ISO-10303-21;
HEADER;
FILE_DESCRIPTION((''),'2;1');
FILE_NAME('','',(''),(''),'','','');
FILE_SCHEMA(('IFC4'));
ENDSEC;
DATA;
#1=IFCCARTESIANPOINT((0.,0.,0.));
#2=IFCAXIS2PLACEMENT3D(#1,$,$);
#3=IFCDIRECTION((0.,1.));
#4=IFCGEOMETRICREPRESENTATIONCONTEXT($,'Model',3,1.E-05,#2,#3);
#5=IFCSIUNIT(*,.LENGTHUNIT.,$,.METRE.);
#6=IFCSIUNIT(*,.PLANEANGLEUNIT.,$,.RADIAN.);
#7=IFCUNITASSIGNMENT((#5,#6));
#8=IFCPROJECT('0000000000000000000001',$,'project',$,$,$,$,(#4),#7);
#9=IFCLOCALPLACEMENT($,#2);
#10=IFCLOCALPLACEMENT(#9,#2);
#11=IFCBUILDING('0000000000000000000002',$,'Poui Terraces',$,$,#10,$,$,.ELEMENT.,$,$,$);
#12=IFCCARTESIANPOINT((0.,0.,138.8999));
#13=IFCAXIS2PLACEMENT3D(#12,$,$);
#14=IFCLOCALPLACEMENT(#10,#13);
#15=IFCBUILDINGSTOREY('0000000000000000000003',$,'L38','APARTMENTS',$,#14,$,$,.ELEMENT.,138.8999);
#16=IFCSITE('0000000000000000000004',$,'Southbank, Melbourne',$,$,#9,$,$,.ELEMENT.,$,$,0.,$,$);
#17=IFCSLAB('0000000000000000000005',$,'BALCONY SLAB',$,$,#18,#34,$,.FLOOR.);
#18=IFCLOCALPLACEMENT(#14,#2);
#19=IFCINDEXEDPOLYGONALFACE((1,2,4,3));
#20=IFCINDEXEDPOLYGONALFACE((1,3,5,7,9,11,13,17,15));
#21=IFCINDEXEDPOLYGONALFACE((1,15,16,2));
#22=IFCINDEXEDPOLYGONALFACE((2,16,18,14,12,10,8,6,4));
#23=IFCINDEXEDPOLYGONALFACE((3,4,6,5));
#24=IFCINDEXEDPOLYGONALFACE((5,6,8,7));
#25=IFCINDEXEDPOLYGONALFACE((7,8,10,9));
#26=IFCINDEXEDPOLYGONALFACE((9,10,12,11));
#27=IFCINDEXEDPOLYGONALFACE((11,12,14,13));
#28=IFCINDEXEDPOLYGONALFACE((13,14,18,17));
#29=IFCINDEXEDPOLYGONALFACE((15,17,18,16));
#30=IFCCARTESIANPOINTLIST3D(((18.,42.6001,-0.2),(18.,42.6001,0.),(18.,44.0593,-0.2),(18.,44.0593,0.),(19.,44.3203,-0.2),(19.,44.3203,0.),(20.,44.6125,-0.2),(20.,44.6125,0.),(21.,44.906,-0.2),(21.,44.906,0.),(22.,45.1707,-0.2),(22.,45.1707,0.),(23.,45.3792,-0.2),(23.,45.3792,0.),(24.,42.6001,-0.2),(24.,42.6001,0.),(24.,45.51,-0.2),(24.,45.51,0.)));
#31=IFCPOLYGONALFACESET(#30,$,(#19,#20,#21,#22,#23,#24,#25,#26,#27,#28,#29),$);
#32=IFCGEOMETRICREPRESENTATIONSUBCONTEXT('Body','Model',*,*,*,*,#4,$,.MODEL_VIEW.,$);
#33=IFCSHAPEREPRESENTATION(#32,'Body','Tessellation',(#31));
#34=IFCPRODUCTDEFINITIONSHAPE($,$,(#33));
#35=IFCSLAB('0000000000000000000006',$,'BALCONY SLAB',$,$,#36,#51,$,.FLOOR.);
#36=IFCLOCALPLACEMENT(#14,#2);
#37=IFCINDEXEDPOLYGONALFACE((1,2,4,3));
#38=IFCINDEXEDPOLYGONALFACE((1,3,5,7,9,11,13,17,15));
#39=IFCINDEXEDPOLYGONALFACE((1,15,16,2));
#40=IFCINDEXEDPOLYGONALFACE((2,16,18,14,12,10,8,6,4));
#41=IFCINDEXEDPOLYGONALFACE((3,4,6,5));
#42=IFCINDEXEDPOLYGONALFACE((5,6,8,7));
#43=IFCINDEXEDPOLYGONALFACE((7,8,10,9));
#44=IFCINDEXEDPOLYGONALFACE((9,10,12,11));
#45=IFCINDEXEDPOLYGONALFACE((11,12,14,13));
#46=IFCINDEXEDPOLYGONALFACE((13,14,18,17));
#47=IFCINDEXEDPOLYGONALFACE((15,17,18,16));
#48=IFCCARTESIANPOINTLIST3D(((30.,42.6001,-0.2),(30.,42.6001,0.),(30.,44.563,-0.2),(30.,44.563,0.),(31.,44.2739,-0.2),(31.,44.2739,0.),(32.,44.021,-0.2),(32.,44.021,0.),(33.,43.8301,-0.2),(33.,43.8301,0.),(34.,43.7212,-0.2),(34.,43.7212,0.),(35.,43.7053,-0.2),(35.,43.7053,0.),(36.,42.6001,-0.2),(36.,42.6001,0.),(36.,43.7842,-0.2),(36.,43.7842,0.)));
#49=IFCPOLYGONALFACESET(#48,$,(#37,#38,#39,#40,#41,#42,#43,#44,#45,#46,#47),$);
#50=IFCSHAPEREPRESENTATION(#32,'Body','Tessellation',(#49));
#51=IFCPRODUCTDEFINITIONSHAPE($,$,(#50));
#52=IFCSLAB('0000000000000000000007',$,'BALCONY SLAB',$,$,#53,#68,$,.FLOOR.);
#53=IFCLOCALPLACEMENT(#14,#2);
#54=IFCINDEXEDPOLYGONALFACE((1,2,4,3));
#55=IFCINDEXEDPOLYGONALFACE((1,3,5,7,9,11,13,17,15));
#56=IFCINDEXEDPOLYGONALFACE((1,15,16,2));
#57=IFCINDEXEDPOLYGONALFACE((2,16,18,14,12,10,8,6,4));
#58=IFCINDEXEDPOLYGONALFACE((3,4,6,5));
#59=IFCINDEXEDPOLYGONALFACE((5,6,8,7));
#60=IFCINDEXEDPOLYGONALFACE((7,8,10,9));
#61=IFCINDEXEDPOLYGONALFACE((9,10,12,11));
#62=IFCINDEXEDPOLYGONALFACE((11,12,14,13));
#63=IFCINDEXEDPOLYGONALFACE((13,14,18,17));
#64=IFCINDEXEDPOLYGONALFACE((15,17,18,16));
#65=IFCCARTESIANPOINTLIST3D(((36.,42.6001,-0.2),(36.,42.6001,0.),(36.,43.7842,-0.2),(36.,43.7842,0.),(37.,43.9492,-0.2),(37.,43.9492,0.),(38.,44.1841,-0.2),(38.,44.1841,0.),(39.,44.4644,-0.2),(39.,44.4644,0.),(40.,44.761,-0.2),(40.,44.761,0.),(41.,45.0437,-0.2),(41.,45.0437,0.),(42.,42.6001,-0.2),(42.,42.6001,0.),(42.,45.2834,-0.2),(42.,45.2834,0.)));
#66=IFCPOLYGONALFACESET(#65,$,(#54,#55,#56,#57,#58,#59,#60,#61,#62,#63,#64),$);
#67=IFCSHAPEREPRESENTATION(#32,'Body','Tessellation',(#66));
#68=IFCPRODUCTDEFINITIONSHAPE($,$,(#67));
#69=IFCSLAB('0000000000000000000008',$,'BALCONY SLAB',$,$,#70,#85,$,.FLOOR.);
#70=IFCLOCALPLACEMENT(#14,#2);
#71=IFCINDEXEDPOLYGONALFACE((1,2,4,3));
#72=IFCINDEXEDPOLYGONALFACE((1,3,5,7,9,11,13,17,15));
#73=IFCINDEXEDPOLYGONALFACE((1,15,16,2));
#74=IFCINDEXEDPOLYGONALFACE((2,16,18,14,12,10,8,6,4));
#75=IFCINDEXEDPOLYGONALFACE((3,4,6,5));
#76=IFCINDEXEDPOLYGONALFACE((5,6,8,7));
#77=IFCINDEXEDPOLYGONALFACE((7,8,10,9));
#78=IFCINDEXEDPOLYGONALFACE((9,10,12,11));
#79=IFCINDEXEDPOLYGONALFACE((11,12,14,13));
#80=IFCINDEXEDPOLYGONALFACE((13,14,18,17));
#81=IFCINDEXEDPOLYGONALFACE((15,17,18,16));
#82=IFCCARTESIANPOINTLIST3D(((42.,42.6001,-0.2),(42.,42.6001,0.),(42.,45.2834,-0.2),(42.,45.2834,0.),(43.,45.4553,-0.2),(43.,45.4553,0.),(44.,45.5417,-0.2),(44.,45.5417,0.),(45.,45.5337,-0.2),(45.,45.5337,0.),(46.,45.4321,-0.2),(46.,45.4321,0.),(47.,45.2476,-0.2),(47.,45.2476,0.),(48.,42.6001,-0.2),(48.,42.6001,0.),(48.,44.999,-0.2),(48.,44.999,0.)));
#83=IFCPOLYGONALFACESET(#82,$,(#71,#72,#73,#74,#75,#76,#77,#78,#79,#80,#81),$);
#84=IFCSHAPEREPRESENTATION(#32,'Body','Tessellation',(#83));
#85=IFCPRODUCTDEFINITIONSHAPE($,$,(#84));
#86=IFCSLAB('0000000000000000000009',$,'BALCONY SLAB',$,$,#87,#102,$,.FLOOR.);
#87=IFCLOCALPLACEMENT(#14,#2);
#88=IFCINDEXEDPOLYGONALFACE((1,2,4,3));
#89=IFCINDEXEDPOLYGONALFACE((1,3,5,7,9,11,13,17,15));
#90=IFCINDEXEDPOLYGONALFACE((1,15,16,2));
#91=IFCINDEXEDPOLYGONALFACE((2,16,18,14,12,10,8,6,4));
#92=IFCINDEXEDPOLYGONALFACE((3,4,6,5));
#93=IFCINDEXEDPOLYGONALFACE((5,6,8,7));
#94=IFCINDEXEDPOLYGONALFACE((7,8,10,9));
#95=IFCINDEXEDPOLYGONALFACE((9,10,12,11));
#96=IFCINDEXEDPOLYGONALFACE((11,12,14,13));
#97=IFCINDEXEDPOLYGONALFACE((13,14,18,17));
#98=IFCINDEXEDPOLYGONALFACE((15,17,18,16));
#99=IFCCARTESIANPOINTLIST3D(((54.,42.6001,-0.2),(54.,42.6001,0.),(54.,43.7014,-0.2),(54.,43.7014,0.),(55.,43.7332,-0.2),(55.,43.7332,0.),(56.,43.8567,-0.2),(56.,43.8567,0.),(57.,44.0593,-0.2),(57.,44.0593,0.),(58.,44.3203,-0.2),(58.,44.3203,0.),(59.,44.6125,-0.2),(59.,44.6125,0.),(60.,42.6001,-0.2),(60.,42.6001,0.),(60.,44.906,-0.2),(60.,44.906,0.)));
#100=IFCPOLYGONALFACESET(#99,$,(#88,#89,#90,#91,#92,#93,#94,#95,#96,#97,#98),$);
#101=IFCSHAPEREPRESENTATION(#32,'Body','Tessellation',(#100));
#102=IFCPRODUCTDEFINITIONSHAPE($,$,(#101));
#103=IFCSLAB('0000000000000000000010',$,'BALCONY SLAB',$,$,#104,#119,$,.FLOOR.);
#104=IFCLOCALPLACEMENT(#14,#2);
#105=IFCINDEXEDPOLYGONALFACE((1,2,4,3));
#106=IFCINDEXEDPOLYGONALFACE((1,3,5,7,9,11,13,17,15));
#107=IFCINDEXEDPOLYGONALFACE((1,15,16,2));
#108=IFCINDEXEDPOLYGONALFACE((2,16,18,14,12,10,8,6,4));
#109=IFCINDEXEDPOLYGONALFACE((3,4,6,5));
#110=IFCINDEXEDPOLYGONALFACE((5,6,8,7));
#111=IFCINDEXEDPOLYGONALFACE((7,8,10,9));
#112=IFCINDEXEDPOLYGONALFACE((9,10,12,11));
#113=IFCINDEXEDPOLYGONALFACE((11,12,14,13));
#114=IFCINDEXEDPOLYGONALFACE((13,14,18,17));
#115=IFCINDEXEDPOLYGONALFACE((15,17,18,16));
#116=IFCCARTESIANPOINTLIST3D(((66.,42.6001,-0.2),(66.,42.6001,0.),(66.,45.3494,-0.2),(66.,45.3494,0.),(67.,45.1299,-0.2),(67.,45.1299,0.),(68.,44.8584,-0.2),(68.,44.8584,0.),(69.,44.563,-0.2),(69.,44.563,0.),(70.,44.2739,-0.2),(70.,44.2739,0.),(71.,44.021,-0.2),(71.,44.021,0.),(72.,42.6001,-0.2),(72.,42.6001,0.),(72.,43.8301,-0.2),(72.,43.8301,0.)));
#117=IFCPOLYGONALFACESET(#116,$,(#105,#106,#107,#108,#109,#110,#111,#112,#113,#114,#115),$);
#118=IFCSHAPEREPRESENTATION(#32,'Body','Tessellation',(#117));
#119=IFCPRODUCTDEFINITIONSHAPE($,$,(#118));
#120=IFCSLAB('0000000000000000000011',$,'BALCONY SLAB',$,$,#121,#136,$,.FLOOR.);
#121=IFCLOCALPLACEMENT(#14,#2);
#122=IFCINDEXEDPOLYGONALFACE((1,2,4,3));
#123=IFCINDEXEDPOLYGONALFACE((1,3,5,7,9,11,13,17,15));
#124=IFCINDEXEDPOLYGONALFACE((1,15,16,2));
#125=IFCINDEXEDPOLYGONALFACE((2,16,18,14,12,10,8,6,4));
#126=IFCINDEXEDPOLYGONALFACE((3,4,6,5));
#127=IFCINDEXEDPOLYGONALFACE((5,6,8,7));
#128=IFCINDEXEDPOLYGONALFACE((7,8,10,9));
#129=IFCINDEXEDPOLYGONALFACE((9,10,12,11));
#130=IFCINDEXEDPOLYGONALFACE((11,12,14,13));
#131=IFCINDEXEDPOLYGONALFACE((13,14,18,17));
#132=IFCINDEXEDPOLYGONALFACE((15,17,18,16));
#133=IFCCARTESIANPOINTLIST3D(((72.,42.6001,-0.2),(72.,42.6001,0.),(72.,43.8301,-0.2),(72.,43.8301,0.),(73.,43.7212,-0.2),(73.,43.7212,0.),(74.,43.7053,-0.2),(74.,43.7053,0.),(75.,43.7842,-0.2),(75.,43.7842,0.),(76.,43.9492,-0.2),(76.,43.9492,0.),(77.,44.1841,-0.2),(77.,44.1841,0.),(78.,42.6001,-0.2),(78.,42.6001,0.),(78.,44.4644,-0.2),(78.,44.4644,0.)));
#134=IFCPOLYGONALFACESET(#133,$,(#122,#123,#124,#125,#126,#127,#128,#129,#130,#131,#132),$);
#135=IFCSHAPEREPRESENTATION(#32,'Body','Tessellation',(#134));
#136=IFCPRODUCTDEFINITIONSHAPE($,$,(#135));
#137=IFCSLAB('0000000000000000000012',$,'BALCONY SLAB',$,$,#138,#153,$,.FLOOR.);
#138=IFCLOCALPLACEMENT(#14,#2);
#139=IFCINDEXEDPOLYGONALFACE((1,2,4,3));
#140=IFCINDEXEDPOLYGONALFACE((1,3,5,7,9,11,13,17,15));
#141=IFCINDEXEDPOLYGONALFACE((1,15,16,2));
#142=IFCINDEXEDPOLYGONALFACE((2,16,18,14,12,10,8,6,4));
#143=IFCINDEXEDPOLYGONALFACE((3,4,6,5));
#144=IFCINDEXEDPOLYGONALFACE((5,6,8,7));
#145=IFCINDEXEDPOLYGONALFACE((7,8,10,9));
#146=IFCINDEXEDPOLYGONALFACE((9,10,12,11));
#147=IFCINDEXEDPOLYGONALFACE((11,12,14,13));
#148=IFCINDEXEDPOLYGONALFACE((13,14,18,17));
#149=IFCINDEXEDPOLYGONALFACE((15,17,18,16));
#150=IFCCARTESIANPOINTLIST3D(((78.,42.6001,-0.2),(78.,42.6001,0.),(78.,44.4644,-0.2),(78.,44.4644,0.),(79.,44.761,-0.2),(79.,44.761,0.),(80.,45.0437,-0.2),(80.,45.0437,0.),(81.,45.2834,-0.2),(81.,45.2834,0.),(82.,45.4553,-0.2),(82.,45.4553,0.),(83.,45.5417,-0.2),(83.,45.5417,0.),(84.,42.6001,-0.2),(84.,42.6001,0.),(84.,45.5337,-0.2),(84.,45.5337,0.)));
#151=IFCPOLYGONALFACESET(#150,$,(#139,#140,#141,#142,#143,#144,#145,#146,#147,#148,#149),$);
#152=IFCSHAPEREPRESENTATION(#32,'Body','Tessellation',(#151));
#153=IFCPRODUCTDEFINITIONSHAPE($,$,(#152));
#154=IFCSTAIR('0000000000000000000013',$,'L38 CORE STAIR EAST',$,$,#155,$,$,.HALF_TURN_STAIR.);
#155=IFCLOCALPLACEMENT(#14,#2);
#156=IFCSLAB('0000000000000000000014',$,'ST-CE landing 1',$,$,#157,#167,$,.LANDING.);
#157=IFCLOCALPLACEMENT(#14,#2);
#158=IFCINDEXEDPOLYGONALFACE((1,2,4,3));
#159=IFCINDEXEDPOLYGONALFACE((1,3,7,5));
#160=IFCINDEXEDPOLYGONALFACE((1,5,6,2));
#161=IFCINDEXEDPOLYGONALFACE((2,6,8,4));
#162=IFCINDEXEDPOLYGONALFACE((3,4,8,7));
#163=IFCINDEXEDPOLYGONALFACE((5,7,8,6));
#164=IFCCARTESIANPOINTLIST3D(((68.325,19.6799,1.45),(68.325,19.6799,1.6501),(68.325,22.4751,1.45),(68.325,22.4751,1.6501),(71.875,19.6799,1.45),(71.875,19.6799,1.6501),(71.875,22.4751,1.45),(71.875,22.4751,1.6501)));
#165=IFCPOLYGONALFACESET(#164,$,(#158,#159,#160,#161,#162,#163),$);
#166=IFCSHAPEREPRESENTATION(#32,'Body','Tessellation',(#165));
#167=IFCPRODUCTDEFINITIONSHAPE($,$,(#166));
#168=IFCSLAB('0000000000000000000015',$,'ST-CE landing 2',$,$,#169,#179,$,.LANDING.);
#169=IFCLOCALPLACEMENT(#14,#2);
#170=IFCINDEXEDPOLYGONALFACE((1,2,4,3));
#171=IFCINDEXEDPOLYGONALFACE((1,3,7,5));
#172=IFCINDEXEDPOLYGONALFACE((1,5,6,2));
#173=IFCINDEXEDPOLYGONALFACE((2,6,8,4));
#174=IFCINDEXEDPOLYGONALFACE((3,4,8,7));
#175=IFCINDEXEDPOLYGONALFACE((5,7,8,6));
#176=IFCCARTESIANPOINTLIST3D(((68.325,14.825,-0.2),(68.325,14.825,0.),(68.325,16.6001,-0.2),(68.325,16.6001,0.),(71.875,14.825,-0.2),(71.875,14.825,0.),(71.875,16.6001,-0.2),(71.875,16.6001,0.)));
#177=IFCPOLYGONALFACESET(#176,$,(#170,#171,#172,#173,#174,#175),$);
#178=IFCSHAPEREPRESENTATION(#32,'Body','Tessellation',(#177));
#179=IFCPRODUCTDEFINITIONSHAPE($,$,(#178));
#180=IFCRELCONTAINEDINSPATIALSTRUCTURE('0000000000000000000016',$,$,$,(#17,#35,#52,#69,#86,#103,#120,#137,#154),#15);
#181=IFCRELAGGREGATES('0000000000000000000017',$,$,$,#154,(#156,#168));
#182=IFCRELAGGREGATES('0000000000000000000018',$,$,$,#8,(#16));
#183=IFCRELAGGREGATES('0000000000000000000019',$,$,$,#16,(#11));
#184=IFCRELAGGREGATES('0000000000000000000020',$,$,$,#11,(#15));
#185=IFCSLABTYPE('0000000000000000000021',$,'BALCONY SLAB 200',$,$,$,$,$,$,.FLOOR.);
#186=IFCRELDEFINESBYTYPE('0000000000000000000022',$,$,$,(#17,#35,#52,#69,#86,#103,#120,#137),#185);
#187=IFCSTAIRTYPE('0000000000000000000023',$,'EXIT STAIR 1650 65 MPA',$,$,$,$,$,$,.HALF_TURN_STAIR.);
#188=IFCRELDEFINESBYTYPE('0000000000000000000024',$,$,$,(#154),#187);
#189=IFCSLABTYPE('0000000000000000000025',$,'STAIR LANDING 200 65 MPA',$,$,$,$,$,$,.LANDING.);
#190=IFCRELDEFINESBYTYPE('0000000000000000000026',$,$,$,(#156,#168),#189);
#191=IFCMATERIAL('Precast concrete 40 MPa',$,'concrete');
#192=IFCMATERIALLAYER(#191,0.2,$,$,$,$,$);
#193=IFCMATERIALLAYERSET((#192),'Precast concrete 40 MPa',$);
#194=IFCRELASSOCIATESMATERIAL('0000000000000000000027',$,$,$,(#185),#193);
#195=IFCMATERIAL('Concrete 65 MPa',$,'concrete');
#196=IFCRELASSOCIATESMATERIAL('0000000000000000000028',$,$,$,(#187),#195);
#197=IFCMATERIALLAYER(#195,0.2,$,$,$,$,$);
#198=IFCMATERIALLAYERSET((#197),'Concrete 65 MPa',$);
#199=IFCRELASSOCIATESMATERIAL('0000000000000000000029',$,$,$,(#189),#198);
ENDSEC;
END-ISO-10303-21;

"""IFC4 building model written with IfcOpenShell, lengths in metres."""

from ifc_helpers import new_model, si_unit, direction, frame, origin, place, context, subcontext, project, spatial, polyline, outline, extrude, material, layer, layer_set, type_object, element, aggregate, save


model = new_model("IFC4")

# Units and contexts
model_context = context("Model", 3, precision=1e-05, world=origin(), true_north=direction((0.0, 1.0)))
body_context = subcontext(model_context, "Body", "Model", "MODEL_VIEW")
ifc_project = project(units=[si_unit("LENGTHUNIT", "METRE"), si_unit("PLANEANGLEUNIT", "RADIAN")], contexts=[model_context])

# Site, building, storey
site_placement = place(None, origin())
site = spatial("IfcSite", under=ifc_project, at=site_placement, Name="Southbank, Melbourne", CompositionType="ELEMENT", RefElevation=0.0)
building_placement = place(site_placement, origin())
building = spatial("IfcBuilding", under=site, at=building_placement, Name="Poui Terraces", CompositionType="ELEMENT")
storey_placement = place(building_placement, frame((0.0, 0.0, 138.8999)))
storey = spatial("IfcBuildingStorey", under=building, at=storey_placement, Name="L38", Description="APARTMENTS", CompositionType="ELEMENT", Elevation=138.8999)

# Slabs
ifc_material_1 = material(Name="Precast concrete 40 MPa", Category="concrete")
ifc_layer_1 = layer(ifc_material_1, 0.2)
ifc_layer_set_1 = layer_set([ifc_layer_1], Name="Precast concrete 40 MPa")
slab_type_1 = type_object("IfcSlabType", Name="BALCONY SLAB 200", PredefinedType="FLOOR", material=ifc_layer_set_1)
slab_1_placement = place(storey_placement, frame((0.0, 0.0, -0.2)))
element("IfcSlab", 1, at=slab_1_placement, inside=storey, type_object=slab_type_1, Name="BALCONY SLAB", PredefinedType="FLOOR", context=body_context, shape_type="SweptSolid", body=[
    extrude(outline(polyline([(18.0, 42.6001), (24.0, 42.6001), (24.0, 45.51), (23.0, 45.3792), (22.0, 45.1707), (21.0, 44.906), (20.0, 44.6125), (19.0, 44.3203), (18.0, 44.0593), (18.0, 42.6001)])), origin(), (0.0, 0.0, 1.0), 0.2),
])
slab_2_placement = place(storey_placement, frame((0.0, 0.0, -0.2)))
element("IfcSlab", 2, at=slab_2_placement, inside=storey, type_object=slab_type_1, Name="BALCONY SLAB", PredefinedType="FLOOR", context=body_context, shape_type="SweptSolid", body=[
    extrude(outline(polyline([(30.0, 42.6001), (36.0, 42.6001), (36.0, 43.7842), (35.0, 43.7053), (34.0, 43.7212), (33.0, 43.8301), (32.0, 44.021), (31.0, 44.2739), (30.0, 44.563), (30.0, 42.6001)])), origin(), (0.0, 0.0, 1.0), 0.2),
])
slab_3_placement = place(storey_placement, frame((0.0, 0.0, -0.2)))
element("IfcSlab", 3, at=slab_3_placement, inside=storey, type_object=slab_type_1, Name="BALCONY SLAB", PredefinedType="FLOOR", context=body_context, shape_type="SweptSolid", body=[
    extrude(outline(polyline([(36.0, 42.6001), (42.0, 42.6001), (42.0, 45.2834), (41.0, 45.0437), (40.0, 44.761), (39.0, 44.4644), (38.0, 44.1841), (37.0, 43.9492), (36.0, 43.7842), (36.0, 42.6001)])), origin(), (0.0, 0.0, 1.0), 0.2),
])
slab_4_placement = place(storey_placement, frame((0.0, 0.0, -0.2)))
element("IfcSlab", 4, at=slab_4_placement, inside=storey, type_object=slab_type_1, Name="BALCONY SLAB", PredefinedType="FLOOR", context=body_context, shape_type="SweptSolid", body=[
    extrude(outline(polyline([(42.0, 42.6001), (48.0, 42.6001), (48.0, 44.999), (47.0, 45.2476), (46.0, 45.4321), (45.0, 45.5337), (44.0, 45.5417), (43.0, 45.4553), (42.0, 45.2834), (42.0, 42.6001)])), origin(), (0.0, 0.0, 1.0), 0.2),
])
slab_5_placement = place(storey_placement, frame((0.0, 0.0, -0.2)))
element("IfcSlab", 5, at=slab_5_placement, inside=storey, type_object=slab_type_1, Name="BALCONY SLAB", PredefinedType="FLOOR", context=body_context, shape_type="SweptSolid", body=[
    extrude(outline(polyline([(54.0, 42.6001), (60.0, 42.6001), (60.0, 44.906), (59.0, 44.6125), (58.0, 44.3203), (57.0, 44.0593), (56.0, 43.8567), (55.0, 43.7332), (54.0, 43.7014), (54.0, 42.6001)])), origin(), (0.0, 0.0, 1.0), 0.2),
])
slab_6_placement = place(storey_placement, frame((0.0, 0.0, -0.2)))
element("IfcSlab", 6, at=slab_6_placement, inside=storey, type_object=slab_type_1, Name="BALCONY SLAB", PredefinedType="FLOOR", context=body_context, shape_type="SweptSolid", body=[
    extrude(outline(polyline([(66.0, 42.6001), (72.0, 42.6001), (72.0, 43.8301), (71.0, 44.021), (70.0, 44.2739), (69.0, 44.563), (68.0, 44.8584), (67.0, 45.1299), (66.0, 45.3494), (66.0, 42.6001)])), origin(), (0.0, 0.0, 1.0), 0.2),
])
slab_7_placement = place(storey_placement, frame((0.0, 0.0, -0.2)))
element("IfcSlab", 7, at=slab_7_placement, inside=storey, type_object=slab_type_1, Name="BALCONY SLAB", PredefinedType="FLOOR", context=body_context, shape_type="SweptSolid", body=[
    extrude(outline(polyline([(72.0, 42.6001), (78.0, 42.6001), (78.0, 44.4644), (77.0, 44.1841), (76.0, 43.9492), (75.0, 43.7842), (74.0, 43.7053), (73.0, 43.7212), (72.0, 43.8301), (72.0, 42.6001)])), origin(), (0.0, 0.0, 1.0), 0.2),
])
slab_8_placement = place(storey_placement, frame((0.0, 0.0, -0.2)))
element("IfcSlab", 8, at=slab_8_placement, inside=storey, type_object=slab_type_1, Name="BALCONY SLAB", PredefinedType="FLOOR", context=body_context, shape_type="SweptSolid", body=[
    extrude(outline(polyline([(78.0, 42.6001), (84.0, 42.6001), (84.0, 45.5337), (83.0, 45.5417), (82.0, 45.4553), (81.0, 45.2834), (80.0, 45.0437), (79.0, 44.761), (78.0, 44.4644), (78.0, 42.6001)])), origin(), (0.0, 0.0, 1.0), 0.2),
])

# Stair, slabs
ifc_material_2 = material(Name="Concrete 65 MPa", Category="concrete")
stair_type = type_object("IfcStairType", Name="EXIT STAIR 1650 65 MPA", PredefinedType="HALF_TURN_STAIR", material=ifc_material_2)
stair_placement = place(storey_placement, origin())
stair = element("IfcStair", 9, at=stair_placement, inside=storey, type_object=stair_type, Name="L38 CORE STAIR EAST", PredefinedType="HALF_TURN_STAIR")
ifc_layer_2 = layer(ifc_material_2, 0.2)
ifc_layer_set_2 = layer_set([ifc_layer_2], Name="Concrete 65 MPa")
slab_type_2 = type_object("IfcSlabType", Name="STAIR LANDING 200 65 MPA", PredefinedType="LANDING", material=ifc_layer_set_2)
slab_9_placement = place(storey_placement, frame((0.0, 0.0, 1.45)))
slab_9 = element("IfcSlab", 10, at=slab_9_placement, type_object=slab_type_2, Name="ST-CE landing 1", PredefinedType="LANDING", context=body_context, shape_type="SweptSolid", body=[
    extrude(outline(polyline([(68.325, 19.6799), (71.875, 19.6799), (71.875, 22.4751), (68.325, 22.4751), (68.325, 19.6799)])), origin(), (0.0, 0.0, 1.0), 0.2002),
])
slab_10_placement = place(storey_placement, frame((0.0, 0.0, -0.2)))
slab_10 = element("IfcSlab", 11, at=slab_10_placement, type_object=slab_type_2, Name="ST-CE landing 2", PredefinedType="LANDING", context=body_context, shape_type="SweptSolid", body=[
    extrude(outline(polyline([(68.325, 14.825), (71.875, 14.825), (71.875, 16.6001), (68.325, 16.6001), (68.325, 14.825)])), origin(), (0.0, 0.0, 1.0), 0.2),
])
aggregate(stair, [slab_9, slab_10])

save(model, "model.ifc")
